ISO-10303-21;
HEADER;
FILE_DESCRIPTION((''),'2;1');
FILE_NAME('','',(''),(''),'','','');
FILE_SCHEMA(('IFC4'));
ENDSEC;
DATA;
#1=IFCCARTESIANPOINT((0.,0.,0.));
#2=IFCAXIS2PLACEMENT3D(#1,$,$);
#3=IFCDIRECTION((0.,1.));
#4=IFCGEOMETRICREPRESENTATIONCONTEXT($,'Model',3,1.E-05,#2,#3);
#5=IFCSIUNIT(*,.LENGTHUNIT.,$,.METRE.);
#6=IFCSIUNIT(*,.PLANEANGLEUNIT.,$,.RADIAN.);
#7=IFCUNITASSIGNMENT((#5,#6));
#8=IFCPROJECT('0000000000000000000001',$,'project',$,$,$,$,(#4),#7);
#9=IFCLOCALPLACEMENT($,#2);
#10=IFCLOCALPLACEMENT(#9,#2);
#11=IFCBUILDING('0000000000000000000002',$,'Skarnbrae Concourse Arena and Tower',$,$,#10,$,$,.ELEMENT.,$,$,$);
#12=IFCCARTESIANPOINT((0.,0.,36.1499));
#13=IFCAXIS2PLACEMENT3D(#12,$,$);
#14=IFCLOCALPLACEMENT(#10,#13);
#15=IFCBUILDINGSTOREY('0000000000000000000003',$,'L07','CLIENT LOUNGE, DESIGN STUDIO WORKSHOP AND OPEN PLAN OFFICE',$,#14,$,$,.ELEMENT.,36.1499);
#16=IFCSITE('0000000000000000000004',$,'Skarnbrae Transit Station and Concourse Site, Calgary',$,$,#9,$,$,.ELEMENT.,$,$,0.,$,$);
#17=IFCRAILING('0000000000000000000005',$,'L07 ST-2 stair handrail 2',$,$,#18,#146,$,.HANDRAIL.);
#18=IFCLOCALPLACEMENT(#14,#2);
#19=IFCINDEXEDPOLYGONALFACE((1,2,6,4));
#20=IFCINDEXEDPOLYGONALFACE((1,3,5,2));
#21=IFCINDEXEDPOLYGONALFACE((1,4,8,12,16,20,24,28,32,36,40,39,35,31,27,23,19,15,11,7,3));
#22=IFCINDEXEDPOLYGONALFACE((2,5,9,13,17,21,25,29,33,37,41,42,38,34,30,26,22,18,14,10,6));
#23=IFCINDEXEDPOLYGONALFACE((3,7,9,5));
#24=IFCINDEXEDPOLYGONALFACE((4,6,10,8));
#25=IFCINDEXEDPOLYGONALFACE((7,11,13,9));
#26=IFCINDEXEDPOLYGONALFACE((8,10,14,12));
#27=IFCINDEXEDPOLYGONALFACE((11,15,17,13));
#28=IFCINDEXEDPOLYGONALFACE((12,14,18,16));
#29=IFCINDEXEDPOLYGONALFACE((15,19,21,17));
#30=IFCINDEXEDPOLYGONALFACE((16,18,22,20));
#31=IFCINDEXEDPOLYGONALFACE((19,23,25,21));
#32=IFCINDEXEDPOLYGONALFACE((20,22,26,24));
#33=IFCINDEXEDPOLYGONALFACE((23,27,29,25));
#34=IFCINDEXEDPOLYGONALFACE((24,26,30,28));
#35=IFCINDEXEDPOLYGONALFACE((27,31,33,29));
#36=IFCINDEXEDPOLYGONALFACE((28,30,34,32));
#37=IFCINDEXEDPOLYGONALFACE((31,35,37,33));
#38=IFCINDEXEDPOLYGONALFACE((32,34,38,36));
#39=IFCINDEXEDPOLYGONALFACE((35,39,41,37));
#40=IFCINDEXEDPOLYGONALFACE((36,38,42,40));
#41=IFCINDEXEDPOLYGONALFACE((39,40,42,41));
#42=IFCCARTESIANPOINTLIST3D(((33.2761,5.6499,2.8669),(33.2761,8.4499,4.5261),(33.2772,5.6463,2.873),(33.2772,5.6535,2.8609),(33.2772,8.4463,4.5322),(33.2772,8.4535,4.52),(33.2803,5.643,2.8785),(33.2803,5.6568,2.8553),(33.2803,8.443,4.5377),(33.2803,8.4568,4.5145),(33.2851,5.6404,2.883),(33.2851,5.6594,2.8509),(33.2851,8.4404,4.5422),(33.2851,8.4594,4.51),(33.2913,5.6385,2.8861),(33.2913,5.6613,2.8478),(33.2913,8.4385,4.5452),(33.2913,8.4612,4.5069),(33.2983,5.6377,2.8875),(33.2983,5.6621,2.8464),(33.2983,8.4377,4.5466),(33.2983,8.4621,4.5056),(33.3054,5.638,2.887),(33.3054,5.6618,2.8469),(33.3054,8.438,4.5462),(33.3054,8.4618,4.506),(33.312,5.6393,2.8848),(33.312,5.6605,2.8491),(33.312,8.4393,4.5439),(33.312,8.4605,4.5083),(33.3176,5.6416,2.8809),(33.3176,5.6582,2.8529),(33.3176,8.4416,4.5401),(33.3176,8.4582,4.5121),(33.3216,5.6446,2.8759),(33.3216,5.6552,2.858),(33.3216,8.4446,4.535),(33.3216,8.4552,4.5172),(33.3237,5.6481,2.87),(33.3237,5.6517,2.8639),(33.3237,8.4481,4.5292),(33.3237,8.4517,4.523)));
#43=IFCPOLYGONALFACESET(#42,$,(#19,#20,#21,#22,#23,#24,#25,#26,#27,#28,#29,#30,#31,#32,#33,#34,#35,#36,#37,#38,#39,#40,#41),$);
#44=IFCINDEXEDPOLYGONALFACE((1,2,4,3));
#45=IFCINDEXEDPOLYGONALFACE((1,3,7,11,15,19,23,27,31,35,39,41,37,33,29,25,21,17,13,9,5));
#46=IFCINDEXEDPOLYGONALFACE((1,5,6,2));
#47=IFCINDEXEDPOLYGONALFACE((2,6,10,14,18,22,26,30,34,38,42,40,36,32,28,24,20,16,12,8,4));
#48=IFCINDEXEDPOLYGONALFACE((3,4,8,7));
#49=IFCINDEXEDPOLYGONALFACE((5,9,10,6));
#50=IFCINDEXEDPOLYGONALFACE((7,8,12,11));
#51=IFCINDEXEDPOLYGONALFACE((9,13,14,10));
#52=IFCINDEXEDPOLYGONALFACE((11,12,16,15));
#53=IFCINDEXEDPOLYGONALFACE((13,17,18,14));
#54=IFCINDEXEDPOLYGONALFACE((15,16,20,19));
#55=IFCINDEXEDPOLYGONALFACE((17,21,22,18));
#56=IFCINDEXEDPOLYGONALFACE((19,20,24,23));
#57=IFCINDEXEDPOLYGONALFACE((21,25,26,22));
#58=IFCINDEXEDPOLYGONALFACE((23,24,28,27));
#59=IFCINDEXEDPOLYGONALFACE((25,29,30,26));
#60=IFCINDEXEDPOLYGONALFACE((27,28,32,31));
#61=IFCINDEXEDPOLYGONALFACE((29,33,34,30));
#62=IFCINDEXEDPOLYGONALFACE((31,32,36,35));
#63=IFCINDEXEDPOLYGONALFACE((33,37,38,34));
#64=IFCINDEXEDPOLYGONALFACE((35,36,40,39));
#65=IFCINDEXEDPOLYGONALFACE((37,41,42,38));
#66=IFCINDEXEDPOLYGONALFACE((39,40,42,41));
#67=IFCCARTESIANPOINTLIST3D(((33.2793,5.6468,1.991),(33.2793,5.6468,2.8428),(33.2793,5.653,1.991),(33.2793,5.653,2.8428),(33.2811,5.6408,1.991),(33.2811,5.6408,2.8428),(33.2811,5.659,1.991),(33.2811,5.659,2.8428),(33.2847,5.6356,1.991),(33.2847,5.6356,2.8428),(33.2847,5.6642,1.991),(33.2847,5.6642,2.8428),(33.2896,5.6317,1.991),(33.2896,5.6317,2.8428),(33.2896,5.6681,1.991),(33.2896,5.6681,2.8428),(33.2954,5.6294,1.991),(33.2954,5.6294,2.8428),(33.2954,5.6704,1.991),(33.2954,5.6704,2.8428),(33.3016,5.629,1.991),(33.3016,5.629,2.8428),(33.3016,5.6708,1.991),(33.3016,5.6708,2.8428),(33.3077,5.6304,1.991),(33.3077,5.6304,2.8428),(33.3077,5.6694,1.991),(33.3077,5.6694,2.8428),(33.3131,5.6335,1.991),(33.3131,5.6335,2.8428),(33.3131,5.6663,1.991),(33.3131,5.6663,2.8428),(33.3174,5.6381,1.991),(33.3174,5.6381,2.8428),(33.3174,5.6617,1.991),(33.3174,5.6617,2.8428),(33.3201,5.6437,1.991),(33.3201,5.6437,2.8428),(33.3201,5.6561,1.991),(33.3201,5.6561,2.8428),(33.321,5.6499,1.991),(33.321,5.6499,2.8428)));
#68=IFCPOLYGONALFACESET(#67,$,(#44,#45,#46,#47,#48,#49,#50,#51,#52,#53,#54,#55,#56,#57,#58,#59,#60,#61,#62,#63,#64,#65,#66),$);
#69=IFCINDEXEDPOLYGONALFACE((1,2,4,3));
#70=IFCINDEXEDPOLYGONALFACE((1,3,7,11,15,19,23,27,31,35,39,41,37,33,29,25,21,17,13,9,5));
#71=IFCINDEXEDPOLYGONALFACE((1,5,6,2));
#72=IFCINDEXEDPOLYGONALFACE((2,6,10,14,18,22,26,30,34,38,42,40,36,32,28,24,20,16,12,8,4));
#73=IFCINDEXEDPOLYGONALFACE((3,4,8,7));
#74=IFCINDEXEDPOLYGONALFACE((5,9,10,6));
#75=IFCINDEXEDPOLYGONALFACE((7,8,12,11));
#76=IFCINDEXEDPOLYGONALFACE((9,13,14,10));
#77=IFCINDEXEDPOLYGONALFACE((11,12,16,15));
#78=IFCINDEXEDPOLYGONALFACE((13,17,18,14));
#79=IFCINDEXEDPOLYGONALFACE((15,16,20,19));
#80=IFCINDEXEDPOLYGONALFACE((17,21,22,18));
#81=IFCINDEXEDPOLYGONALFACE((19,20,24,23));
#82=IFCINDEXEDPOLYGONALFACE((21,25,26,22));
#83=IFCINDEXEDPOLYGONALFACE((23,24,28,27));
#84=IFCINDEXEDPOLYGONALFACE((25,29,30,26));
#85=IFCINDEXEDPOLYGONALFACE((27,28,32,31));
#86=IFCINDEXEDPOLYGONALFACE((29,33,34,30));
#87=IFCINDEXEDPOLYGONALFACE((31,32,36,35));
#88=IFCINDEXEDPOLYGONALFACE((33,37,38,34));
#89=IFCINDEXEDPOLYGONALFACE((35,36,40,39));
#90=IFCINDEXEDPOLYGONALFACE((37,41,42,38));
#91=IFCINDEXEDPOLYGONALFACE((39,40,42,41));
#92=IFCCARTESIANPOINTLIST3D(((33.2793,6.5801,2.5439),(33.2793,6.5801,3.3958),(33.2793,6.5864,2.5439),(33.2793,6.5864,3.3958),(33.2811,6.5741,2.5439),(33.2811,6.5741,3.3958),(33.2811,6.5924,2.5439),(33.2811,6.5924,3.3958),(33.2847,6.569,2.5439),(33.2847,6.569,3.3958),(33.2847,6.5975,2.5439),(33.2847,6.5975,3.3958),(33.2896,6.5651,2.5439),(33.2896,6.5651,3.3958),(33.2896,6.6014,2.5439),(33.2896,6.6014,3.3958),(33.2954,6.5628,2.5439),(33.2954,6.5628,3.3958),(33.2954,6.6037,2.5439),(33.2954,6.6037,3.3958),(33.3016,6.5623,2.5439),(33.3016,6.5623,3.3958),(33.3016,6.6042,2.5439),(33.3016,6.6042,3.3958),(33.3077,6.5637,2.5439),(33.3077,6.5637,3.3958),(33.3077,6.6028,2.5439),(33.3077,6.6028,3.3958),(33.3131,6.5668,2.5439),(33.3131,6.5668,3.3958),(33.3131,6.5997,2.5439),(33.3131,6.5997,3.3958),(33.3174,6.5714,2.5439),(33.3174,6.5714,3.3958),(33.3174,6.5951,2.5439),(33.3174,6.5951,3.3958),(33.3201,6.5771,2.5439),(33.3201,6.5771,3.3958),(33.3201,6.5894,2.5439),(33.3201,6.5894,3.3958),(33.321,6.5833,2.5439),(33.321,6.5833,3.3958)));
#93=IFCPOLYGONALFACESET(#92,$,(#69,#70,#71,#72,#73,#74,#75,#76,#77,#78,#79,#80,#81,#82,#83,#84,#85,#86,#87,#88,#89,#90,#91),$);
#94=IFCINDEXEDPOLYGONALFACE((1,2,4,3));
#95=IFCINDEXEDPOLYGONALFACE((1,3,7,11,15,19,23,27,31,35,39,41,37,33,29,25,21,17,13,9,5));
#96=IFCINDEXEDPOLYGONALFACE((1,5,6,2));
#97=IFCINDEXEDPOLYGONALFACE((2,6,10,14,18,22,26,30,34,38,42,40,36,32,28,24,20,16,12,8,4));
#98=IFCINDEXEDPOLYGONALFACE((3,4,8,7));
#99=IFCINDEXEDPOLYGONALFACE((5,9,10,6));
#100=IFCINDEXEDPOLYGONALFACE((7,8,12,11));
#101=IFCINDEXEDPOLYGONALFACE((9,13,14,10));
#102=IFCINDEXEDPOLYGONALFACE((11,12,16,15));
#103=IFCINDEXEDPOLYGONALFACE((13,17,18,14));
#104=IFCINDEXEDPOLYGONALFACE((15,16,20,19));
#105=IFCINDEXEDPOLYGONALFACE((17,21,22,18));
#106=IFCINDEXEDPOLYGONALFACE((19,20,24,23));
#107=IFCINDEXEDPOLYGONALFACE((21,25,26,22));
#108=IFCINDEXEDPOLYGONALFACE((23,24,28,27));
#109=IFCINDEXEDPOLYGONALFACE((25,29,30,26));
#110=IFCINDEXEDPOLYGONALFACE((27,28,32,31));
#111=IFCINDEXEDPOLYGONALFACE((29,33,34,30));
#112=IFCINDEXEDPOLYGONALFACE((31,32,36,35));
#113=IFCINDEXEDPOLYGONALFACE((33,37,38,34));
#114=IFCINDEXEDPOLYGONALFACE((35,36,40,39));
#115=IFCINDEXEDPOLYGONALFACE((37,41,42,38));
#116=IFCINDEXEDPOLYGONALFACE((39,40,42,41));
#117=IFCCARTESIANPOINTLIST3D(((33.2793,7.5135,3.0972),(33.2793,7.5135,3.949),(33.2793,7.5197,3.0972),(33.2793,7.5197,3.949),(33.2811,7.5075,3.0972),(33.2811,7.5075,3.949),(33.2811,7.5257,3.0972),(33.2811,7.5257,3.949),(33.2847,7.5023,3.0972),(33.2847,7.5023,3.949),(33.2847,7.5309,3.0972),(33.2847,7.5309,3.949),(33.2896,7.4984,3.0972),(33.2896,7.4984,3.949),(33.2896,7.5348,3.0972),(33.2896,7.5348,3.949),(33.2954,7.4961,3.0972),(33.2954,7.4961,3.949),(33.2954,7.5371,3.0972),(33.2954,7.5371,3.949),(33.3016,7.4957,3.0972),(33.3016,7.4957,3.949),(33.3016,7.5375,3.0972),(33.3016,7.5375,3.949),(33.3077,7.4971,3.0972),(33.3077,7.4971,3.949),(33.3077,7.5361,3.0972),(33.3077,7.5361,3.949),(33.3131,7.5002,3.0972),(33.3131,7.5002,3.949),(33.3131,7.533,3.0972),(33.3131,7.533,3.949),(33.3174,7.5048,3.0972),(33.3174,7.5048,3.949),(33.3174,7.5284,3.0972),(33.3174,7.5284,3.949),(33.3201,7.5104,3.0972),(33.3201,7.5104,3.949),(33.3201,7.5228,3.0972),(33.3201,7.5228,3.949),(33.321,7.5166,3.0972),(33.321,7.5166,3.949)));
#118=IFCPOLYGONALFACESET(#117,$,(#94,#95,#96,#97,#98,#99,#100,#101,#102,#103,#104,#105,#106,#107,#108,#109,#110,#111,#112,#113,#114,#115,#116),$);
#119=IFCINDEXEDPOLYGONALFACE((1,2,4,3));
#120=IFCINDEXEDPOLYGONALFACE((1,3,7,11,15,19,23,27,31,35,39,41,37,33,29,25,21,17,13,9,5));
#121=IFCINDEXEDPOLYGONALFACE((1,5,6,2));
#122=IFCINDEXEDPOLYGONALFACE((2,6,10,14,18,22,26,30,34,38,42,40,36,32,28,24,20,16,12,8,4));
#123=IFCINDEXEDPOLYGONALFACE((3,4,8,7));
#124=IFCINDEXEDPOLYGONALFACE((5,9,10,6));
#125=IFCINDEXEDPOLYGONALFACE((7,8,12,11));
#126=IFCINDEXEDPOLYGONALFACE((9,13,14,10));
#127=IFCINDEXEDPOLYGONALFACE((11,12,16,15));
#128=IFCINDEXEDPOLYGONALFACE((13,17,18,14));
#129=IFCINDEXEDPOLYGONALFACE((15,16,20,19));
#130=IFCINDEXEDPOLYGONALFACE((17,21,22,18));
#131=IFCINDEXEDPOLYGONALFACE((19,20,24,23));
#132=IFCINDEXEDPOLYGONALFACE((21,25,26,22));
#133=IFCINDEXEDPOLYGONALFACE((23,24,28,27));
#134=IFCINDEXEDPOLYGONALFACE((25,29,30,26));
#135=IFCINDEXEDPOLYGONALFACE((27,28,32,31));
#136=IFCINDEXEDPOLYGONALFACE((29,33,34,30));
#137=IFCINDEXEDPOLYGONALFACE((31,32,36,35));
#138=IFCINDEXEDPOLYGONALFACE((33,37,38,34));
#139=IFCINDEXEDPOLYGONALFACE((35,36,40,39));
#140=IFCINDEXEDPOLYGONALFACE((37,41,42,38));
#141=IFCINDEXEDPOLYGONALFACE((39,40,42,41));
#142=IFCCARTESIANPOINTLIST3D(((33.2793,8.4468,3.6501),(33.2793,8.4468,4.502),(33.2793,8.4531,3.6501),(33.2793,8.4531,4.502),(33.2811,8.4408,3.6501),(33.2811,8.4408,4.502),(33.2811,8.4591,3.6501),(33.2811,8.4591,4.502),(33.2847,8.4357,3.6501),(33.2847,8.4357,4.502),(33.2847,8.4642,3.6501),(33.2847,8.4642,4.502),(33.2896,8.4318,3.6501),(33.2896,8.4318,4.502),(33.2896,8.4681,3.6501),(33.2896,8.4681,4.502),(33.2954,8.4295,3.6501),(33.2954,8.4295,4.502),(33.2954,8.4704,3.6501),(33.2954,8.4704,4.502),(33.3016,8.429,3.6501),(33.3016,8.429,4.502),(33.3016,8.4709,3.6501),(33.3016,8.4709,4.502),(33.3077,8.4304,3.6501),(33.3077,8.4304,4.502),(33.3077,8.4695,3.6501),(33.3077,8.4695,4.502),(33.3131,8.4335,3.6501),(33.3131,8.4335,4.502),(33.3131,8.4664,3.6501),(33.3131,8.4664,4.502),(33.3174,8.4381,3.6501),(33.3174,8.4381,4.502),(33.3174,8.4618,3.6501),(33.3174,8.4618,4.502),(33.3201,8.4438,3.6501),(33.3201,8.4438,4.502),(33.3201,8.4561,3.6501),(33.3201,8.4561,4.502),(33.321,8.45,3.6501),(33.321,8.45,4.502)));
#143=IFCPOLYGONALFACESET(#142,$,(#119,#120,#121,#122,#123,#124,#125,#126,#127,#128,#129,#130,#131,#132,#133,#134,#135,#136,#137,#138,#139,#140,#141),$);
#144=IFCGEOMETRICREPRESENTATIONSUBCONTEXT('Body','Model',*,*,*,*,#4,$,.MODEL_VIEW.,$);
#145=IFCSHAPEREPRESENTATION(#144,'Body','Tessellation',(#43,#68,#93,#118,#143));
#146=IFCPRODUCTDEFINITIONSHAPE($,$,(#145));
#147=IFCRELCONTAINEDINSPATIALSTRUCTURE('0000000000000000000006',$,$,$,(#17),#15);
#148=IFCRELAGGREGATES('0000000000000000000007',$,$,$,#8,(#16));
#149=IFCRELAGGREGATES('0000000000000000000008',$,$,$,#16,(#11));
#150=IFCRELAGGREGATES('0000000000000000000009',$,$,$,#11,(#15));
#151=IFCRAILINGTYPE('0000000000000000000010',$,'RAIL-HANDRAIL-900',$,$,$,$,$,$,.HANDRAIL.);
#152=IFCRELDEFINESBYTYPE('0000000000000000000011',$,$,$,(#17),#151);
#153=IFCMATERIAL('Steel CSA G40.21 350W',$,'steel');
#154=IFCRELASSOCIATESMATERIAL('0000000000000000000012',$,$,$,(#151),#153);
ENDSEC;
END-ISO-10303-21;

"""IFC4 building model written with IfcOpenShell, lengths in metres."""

from ifc_helpers import new_model, si_unit, direction, frame, origin, origin_2d, place, context, subcontext, project, spatial, circle, extrude, material, type_object, element, save


model = new_model("IFC4")

# Units and contexts
model_context = context("Model", 3, precision=1e-05, world=origin(), true_north=direction((0.0, 1.0)))
body_context = subcontext(model_context, "Body", "Model", "MODEL_VIEW")
ifc_project = project(units=[si_unit("LENGTHUNIT", "METRE"), si_unit("PLANEANGLEUNIT", "RADIAN")], contexts=[model_context])

# Site, building, storey
site_placement = place(None, origin())
site = spatial("IfcSite", under=ifc_project, at=site_placement, Name="Skarnbrae Transit Station and Concourse Site, Calgary", CompositionType="ELEMENT", RefElevation=0.0)
building_placement = place(site_placement, origin())
building = spatial("IfcBuilding", under=site, at=building_placement, Name="Skarnbrae Concourse Arena and Tower", CompositionType="ELEMENT")
storey_placement = place(building_placement, frame((0.0, 0.0, 36.1499)))
storey = spatial("IfcBuildingStorey", under=building, at=storey_placement, Name="L07", Description="CLIENT LOUNGE, DESIGN STUDIO WORKSHOP AND OPEN PLAN OFFICE", CompositionType="ELEMENT", Elevation=36.1499)

# Shared definitions
ifc_material_1 = material(Name="Steel CSA G40.21 350W", Category="steel")

# Railing
railing_type_1 = type_object("IfcRailingType", Name="RAIL-HANDRAIL-900", PredefinedType="HANDRAIL", material=ifc_material_1)
railing_1_placement = place(storey_placement, frame((33.3, 5.6499, 1.991)))
element("IfcRailing", 1, at=railing_1_placement, inside=storey, type_object=railing_type_1, Name="L07 ST-2 stair handrail 2", PredefinedType="HANDRAIL", context=body_context, shape_type="SweptSolid", body=[
    extrude(circle(Radius=0.0239, at=origin_2d()), frame((0.0, 0.0, 0.876), z_axis=(0.0, 0.860306, 0.509778), x_axis=(-1.0, 0.0, 0.0)), (0.0, 0.0, 1.0), 3.2546),
    extrude(circle(Radius=0.021, at=origin_2d()), origin(), (0.0, 0.0, 1.0), 0.8518),
    extrude(circle(Radius=0.021, at=origin_2d()), frame((0.0, 0.9333, 0.553)), (0.0, 0.0, 1.0), 0.8518),
    extrude(circle(Radius=0.021, at=origin_2d()), frame((0.0, 1.8667, 1.1062)), (0.0, 0.0, 1.0), 0.8518),
    extrude(circle(Radius=0.021, at=origin_2d()), frame((0.0, 2.8, 1.6592)), (0.0, 0.0, 1.0), 0.8518),
])

save(model, "model.ifc")
